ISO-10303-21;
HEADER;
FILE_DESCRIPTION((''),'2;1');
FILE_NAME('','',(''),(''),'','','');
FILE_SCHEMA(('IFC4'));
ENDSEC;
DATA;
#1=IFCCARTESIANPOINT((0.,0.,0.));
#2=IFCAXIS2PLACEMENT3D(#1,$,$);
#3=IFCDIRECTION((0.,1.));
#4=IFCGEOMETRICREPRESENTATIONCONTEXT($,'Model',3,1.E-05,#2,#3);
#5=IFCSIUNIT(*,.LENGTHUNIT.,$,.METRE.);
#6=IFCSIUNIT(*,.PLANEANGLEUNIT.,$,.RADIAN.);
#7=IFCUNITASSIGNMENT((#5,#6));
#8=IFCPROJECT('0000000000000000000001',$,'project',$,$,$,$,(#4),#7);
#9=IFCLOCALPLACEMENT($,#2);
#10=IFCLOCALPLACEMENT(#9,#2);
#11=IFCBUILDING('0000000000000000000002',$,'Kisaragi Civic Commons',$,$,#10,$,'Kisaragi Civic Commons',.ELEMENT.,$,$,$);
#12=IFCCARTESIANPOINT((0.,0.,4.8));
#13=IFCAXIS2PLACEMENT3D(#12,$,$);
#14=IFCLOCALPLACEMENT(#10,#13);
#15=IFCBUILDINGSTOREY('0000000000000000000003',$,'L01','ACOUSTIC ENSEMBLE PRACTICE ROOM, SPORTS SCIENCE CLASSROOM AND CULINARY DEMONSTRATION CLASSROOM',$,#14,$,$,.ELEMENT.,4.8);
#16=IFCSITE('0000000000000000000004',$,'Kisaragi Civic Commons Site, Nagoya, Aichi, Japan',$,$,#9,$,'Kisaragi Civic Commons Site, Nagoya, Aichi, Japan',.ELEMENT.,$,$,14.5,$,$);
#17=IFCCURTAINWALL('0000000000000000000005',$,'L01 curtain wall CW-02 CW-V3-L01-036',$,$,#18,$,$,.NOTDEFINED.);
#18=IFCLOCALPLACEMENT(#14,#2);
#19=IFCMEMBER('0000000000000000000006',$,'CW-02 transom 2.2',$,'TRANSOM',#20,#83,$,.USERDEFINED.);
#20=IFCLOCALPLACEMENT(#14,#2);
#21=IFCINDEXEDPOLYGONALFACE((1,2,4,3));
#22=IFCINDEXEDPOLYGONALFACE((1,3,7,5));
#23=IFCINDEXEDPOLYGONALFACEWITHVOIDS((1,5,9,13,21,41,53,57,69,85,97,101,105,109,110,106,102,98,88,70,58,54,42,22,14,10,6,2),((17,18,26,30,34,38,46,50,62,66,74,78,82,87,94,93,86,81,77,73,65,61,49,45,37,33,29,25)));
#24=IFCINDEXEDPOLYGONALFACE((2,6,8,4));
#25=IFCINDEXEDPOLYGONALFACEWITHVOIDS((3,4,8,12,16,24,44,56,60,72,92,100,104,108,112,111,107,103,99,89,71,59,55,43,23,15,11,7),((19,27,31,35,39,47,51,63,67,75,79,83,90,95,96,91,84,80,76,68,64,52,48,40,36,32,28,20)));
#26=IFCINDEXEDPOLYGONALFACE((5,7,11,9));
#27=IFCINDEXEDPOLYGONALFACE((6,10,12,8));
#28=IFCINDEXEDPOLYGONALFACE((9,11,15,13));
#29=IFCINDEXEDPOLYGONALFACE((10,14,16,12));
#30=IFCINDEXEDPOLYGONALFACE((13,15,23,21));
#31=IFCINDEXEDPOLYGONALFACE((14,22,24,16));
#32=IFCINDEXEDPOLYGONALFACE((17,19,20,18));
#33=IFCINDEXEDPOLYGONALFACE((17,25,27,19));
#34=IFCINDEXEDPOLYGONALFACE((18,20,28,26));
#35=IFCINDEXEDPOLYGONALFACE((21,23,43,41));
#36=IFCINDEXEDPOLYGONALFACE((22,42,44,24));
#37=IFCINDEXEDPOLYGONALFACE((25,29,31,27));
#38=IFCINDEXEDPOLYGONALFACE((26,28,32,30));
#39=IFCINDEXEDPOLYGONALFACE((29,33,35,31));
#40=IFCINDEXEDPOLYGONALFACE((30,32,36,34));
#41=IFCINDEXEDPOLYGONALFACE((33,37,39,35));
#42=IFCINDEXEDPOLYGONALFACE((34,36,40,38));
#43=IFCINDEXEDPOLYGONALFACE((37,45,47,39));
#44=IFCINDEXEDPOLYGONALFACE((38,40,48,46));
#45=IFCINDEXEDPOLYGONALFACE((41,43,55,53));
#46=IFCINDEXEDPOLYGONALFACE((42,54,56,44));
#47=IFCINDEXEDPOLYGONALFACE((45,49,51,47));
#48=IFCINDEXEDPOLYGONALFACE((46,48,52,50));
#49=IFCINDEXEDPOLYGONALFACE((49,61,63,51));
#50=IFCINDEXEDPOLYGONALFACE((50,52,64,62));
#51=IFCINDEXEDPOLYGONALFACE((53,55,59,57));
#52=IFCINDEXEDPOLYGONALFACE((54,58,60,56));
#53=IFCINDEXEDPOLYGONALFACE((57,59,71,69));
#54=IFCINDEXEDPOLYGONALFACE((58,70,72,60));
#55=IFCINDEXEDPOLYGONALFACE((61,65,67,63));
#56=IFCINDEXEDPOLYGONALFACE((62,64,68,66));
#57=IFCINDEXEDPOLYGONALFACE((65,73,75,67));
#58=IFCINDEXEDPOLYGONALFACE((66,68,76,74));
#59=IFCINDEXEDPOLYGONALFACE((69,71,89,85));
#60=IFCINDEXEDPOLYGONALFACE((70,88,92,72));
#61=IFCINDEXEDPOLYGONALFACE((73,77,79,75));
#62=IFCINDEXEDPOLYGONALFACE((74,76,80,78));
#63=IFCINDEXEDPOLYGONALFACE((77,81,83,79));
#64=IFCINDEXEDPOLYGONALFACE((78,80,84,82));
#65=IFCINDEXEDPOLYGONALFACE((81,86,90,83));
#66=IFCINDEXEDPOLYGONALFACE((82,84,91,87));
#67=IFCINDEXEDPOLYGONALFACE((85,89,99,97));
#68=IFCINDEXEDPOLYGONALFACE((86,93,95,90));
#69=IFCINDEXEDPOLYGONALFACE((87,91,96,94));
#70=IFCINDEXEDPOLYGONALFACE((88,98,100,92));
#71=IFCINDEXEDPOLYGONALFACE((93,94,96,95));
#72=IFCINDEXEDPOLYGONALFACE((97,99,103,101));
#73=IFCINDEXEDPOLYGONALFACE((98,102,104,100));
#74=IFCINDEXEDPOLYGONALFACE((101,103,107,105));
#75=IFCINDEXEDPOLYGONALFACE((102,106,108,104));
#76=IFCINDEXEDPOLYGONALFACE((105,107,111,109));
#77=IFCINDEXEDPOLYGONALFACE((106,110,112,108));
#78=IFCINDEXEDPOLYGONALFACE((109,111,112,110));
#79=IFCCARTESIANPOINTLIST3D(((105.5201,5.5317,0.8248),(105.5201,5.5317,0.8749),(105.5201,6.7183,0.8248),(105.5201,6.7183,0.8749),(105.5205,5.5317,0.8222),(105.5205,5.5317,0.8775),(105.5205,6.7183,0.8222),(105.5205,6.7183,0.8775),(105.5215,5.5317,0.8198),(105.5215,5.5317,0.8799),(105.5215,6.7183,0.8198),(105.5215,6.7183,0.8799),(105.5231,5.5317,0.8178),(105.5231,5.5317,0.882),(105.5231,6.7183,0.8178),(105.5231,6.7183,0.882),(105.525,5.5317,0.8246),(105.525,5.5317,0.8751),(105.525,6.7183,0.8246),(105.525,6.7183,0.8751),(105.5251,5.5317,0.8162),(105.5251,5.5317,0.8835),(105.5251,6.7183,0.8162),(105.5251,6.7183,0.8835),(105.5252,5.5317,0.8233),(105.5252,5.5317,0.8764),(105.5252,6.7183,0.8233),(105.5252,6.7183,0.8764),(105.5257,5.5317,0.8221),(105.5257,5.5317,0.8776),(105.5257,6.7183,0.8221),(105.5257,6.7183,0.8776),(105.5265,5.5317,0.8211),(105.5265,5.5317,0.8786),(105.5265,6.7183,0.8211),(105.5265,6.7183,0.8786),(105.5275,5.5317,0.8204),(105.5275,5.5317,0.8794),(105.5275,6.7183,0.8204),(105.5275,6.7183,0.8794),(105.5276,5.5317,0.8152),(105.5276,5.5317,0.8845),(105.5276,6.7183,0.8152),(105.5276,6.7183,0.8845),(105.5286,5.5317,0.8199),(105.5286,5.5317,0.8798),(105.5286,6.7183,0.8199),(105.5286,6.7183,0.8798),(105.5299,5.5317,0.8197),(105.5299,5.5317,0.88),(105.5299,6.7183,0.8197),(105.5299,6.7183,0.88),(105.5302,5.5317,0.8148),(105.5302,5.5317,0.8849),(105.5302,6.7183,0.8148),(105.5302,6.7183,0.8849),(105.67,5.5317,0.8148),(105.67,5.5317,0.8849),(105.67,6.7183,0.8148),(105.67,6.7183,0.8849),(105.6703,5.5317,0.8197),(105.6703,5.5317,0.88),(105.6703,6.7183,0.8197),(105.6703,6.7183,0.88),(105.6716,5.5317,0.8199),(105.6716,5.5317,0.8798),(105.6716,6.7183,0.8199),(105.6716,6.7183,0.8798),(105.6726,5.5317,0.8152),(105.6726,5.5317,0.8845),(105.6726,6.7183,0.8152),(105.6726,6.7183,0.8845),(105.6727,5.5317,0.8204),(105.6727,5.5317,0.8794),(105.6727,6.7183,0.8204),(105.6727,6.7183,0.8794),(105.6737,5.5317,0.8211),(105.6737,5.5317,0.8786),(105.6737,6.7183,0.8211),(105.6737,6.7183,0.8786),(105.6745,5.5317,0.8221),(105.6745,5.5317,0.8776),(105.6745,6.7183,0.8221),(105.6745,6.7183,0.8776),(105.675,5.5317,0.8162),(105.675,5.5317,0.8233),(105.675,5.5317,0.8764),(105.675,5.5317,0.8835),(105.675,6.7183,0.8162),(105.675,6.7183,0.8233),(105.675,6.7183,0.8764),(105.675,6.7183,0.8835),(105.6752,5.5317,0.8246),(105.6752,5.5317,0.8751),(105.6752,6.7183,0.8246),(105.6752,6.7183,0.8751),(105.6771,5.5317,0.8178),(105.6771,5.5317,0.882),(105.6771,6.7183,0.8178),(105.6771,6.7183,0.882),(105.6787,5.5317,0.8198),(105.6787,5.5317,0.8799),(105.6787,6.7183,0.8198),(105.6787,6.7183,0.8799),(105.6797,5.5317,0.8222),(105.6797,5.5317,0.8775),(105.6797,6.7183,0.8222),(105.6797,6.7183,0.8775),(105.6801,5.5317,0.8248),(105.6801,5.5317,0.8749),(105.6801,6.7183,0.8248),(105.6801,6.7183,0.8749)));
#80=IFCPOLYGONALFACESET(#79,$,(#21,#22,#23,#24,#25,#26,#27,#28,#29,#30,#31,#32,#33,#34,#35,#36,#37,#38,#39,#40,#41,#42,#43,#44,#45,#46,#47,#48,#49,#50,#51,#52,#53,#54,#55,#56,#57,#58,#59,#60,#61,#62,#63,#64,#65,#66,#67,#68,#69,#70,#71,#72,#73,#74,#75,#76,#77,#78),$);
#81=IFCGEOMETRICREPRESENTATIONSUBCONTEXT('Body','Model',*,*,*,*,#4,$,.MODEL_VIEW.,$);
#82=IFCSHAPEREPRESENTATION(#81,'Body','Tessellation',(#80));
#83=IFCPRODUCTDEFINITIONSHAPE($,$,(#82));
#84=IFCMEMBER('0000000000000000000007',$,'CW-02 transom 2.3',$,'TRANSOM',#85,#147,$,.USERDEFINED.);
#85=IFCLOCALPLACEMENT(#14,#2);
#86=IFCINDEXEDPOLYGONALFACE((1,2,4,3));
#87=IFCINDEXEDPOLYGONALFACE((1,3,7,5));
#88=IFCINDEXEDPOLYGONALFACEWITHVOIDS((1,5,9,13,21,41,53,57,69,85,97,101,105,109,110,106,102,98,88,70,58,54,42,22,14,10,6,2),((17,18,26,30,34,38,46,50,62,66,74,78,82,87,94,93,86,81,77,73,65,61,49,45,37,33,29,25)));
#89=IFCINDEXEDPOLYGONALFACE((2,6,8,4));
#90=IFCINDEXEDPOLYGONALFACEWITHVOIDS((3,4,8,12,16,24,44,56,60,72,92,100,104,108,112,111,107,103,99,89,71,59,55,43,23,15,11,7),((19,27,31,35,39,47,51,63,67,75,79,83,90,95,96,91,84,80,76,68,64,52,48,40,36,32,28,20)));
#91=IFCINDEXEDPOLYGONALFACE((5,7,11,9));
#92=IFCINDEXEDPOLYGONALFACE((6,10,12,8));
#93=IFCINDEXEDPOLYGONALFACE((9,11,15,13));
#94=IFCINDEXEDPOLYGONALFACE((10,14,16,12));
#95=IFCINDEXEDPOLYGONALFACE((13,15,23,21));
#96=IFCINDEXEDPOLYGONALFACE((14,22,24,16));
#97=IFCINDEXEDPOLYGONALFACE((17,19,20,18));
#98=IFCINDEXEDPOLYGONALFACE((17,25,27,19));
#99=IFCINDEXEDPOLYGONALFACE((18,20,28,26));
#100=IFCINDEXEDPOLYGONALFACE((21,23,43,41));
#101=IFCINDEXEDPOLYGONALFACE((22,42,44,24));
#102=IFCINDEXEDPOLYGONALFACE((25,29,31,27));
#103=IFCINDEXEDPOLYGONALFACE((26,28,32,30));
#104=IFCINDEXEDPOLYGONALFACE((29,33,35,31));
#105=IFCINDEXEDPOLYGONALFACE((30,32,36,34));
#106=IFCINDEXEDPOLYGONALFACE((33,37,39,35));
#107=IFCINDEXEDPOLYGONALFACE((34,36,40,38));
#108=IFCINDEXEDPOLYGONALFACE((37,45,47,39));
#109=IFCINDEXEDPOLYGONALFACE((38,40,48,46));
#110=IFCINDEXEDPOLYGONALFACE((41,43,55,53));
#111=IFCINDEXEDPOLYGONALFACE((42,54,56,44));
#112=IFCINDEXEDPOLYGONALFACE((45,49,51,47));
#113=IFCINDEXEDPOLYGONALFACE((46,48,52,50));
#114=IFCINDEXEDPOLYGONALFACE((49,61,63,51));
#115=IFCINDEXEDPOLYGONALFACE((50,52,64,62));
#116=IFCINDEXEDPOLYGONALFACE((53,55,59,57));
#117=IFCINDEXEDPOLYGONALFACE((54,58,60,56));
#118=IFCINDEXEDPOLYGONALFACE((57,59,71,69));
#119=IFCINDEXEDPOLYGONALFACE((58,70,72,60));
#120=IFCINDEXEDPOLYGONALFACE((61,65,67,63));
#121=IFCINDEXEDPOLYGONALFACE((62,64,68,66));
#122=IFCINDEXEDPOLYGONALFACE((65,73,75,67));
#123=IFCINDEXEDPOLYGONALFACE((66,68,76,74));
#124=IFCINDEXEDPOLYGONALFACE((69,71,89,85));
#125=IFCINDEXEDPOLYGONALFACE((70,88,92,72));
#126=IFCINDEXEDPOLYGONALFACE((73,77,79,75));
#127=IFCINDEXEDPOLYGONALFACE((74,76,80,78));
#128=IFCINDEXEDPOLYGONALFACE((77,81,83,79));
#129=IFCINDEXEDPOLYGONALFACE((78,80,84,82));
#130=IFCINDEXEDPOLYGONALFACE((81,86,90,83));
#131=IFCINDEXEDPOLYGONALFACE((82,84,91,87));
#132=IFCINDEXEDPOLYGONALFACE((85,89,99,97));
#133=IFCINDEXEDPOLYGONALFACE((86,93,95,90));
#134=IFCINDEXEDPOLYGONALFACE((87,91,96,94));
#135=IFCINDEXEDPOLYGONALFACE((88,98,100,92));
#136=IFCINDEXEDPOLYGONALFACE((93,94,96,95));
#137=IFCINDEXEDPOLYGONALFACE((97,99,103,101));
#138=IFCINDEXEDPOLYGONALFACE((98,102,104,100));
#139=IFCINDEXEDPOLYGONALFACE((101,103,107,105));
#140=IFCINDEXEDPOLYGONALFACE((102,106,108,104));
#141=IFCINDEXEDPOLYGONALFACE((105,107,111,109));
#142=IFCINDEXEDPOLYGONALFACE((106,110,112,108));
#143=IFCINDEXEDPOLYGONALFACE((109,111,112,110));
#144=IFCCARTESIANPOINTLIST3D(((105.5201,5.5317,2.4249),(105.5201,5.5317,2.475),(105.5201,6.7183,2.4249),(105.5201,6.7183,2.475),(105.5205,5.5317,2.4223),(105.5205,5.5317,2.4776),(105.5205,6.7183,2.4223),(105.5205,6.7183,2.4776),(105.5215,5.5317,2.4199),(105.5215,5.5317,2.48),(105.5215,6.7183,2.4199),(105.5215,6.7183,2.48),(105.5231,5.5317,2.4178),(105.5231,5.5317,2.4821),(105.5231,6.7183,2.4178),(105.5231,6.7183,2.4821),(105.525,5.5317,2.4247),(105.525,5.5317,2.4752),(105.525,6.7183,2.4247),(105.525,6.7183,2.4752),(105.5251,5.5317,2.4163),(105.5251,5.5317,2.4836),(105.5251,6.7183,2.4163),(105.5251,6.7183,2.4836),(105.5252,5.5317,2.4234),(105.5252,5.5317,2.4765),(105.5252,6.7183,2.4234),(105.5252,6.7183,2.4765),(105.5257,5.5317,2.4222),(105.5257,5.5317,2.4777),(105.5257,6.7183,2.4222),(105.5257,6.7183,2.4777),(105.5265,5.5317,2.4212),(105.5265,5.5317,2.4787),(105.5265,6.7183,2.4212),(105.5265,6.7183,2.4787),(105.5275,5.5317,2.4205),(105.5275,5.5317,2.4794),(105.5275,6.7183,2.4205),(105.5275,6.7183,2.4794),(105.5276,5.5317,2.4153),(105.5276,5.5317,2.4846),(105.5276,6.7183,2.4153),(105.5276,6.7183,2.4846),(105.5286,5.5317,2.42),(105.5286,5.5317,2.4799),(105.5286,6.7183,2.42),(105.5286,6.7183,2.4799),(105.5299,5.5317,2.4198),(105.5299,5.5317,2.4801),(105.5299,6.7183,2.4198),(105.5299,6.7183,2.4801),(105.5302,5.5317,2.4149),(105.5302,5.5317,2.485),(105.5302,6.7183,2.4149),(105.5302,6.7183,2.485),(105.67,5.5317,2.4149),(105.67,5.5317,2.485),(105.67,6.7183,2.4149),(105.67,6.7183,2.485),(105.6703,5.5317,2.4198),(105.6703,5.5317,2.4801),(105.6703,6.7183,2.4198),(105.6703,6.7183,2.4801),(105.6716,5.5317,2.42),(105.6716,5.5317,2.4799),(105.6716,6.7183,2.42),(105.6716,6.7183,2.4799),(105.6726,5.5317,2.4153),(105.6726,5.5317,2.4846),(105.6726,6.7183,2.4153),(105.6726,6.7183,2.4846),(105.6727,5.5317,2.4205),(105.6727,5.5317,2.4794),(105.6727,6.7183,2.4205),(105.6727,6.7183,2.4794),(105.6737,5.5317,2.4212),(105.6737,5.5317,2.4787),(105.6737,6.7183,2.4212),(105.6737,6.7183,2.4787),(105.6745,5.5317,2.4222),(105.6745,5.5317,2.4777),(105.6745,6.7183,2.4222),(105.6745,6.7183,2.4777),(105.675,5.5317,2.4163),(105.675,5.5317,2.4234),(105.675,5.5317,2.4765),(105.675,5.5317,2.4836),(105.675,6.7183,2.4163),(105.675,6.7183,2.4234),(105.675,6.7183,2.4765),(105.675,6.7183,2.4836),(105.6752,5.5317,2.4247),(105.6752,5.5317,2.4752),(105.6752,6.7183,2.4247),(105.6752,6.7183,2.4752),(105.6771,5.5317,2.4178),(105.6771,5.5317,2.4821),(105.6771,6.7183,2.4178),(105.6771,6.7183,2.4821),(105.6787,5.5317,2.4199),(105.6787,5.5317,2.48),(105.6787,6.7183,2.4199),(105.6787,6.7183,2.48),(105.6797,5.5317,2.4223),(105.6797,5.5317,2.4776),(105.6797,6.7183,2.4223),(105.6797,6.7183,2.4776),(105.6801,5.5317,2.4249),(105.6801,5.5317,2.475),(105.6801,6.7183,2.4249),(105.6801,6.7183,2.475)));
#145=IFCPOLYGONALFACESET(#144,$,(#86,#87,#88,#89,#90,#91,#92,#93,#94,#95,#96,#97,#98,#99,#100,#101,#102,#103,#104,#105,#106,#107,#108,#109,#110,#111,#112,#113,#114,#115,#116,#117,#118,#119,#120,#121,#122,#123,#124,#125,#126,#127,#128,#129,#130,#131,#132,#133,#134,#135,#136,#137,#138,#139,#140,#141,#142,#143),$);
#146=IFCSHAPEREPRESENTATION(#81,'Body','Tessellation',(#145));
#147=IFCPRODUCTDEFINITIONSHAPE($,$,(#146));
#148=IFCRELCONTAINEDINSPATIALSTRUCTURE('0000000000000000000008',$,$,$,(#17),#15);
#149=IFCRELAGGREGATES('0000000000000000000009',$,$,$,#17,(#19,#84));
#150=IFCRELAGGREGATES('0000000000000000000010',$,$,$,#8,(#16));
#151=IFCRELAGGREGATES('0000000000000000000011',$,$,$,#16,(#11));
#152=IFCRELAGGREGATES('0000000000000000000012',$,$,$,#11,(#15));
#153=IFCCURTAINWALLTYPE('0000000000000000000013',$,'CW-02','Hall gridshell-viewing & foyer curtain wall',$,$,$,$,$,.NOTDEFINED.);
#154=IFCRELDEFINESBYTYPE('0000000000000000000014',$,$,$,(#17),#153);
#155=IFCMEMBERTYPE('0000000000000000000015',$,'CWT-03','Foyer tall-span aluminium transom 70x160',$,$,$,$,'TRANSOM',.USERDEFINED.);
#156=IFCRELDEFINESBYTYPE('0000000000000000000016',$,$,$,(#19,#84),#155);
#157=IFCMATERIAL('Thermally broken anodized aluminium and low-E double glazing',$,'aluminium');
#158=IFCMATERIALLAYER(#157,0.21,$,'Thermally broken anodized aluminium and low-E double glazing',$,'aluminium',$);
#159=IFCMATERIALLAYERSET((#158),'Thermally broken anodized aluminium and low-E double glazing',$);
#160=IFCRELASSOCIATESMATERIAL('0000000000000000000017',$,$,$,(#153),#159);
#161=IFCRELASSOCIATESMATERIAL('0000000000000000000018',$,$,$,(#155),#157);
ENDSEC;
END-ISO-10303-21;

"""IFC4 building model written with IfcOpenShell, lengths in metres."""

from ifc_helpers import new_model, si_unit, direction, frame, origin, origin_2d, place, context, subcontext, project, spatial, hollow_rectangle, extrude, material, layer, layer_set, material_profile, profile_set, type_object, element, aggregate, save


model = new_model("IFC4")

# Units and contexts
model_context = context("Model", 3, precision=1e-05, world=origin(), true_north=direction((0.0, 1.0)))
body_context = subcontext(model_context, "Body", "Model", "MODEL_VIEW")
ifc_project = project(units=[si_unit("LENGTHUNIT", "METRE"), si_unit("PLANEANGLEUNIT", "RADIAN")], contexts=[model_context])

# Site, building, storey
site_placement = place(None, origin())
site = spatial("IfcSite", under=ifc_project, at=site_placement, Name="Kisaragi Civic Commons Site, Nagoya, Aichi, Japan", LongName="Kisaragi Civic Commons Site, Nagoya, Aichi, Japan", CompositionType="ELEMENT", RefElevation=14.5)
building_placement = place(site_placement, origin())
building = spatial("IfcBuilding", under=site, at=building_placement, Name="Kisaragi Civic Commons", LongName="Kisaragi Civic Commons", CompositionType="ELEMENT")
storey_placement = place(building_placement, frame((0.0, 0.0, 4.8)))
storey = spatial("IfcBuildingStorey", under=building, at=storey_placement, Name="L01", Description="ACOUSTIC ENSEMBLE PRACTICE ROOM, SPORTS SCIENCE CLASSROOM AND CULINARY DEMONSTRATION CLASSROOM", CompositionType="ELEMENT", Elevation=4.8)

# Curtain wall, members
ifc_material_1 = material(Name="Thermally broken anodized aluminium and low-E double glazing", Category="aluminium")
ifc_layer_1 = layer(ifc_material_1, 0.21, Name="Thermally broken anodized aluminium and low-E double glazing", Category="aluminium")
ifc_layer_set_1 = layer_set([ifc_layer_1], Name="Thermally broken anodized aluminium and low-E double glazing")
curtain_wall_type = type_object("IfcCurtainWallType", Name="CW-02", Description="Hall gridshell-viewing & foyer curtain wall", PredefinedType="NOTDEFINED", material=ifc_layer_set_1)
curtain_wall_placement = place(storey_placement, origin())
curtain_wall = element("IfcCurtainWall", 1, at=curtain_wall_placement, inside=storey, type_object=curtain_wall_type, Name="L01 curtain wall CW-02 CW-V3-L01-036", PredefinedType="NOTDEFINED")
ifc_material_profile_1 = material_profile(ifc_material_1, hollow_rectangle(XDim=0.1599, YDim=0.0701, WallThickness=0.0049, InnerFilletRadius=0.0049, OuterFilletRadius=0.01, at=origin_2d()), Name="CWT-70x160x5", Category="aluminium")
ifc_profile_set_1 = profile_set([ifc_material_profile_1], Name="Thermally broken anodized aluminium and low-E double glazing")
member_type_1 = type_object("IfcMemberType", Name="CWT-03", Description="Foyer tall-span aluminium transom 70x160", ElementType="TRANSOM", PredefinedType="USERDEFINED", material=ifc_profile_set_1)
member_1_placement = place(storey_placement, frame((105.6001, 5.5317, 0.8499), z_axis=(0.0, 1.0, 0.0), x_axis=(-1.0, 0.0, 0.0)))
member_1 = element("IfcMember", 2, at=member_1_placement, type_object=member_type_1, Name="CW-02 transom 2.2", ObjectType="TRANSOM", PredefinedType="USERDEFINED", context=body_context, shape_type="SweptSolid", body=[
    extrude(hollow_rectangle(XDim=0.1599, YDim=0.0701, WallThickness=0.0049, InnerFilletRadius=0.0049, OuterFilletRadius=0.01, at=origin_2d()), origin(), (0.0, 0.0, 1.0), 1.1865),
])
member_2_placement = place(storey_placement, frame((105.6001, 5.5317, 2.45), z_axis=(0.0, 1.0, 0.0), x_axis=(-1.0, 0.0, 0.0)))
member_2 = element("IfcMember", 3, at=member_2_placement, type_object=member_type_1, Name="CW-02 transom 2.3", ObjectType="TRANSOM", PredefinedType="USERDEFINED", context=body_context, shape_type="SweptSolid", body=[
    extrude(hollow_rectangle(XDim=0.1599, YDim=0.0701, WallThickness=0.0049, InnerFilletRadius=0.0049, OuterFilletRadius=0.01, at=origin_2d()), origin(), (0.0, 0.0, 1.0), 1.1865),
])

aggregate(curtain_wall, [member_1, member_2])

save(model, "model.ifc")
